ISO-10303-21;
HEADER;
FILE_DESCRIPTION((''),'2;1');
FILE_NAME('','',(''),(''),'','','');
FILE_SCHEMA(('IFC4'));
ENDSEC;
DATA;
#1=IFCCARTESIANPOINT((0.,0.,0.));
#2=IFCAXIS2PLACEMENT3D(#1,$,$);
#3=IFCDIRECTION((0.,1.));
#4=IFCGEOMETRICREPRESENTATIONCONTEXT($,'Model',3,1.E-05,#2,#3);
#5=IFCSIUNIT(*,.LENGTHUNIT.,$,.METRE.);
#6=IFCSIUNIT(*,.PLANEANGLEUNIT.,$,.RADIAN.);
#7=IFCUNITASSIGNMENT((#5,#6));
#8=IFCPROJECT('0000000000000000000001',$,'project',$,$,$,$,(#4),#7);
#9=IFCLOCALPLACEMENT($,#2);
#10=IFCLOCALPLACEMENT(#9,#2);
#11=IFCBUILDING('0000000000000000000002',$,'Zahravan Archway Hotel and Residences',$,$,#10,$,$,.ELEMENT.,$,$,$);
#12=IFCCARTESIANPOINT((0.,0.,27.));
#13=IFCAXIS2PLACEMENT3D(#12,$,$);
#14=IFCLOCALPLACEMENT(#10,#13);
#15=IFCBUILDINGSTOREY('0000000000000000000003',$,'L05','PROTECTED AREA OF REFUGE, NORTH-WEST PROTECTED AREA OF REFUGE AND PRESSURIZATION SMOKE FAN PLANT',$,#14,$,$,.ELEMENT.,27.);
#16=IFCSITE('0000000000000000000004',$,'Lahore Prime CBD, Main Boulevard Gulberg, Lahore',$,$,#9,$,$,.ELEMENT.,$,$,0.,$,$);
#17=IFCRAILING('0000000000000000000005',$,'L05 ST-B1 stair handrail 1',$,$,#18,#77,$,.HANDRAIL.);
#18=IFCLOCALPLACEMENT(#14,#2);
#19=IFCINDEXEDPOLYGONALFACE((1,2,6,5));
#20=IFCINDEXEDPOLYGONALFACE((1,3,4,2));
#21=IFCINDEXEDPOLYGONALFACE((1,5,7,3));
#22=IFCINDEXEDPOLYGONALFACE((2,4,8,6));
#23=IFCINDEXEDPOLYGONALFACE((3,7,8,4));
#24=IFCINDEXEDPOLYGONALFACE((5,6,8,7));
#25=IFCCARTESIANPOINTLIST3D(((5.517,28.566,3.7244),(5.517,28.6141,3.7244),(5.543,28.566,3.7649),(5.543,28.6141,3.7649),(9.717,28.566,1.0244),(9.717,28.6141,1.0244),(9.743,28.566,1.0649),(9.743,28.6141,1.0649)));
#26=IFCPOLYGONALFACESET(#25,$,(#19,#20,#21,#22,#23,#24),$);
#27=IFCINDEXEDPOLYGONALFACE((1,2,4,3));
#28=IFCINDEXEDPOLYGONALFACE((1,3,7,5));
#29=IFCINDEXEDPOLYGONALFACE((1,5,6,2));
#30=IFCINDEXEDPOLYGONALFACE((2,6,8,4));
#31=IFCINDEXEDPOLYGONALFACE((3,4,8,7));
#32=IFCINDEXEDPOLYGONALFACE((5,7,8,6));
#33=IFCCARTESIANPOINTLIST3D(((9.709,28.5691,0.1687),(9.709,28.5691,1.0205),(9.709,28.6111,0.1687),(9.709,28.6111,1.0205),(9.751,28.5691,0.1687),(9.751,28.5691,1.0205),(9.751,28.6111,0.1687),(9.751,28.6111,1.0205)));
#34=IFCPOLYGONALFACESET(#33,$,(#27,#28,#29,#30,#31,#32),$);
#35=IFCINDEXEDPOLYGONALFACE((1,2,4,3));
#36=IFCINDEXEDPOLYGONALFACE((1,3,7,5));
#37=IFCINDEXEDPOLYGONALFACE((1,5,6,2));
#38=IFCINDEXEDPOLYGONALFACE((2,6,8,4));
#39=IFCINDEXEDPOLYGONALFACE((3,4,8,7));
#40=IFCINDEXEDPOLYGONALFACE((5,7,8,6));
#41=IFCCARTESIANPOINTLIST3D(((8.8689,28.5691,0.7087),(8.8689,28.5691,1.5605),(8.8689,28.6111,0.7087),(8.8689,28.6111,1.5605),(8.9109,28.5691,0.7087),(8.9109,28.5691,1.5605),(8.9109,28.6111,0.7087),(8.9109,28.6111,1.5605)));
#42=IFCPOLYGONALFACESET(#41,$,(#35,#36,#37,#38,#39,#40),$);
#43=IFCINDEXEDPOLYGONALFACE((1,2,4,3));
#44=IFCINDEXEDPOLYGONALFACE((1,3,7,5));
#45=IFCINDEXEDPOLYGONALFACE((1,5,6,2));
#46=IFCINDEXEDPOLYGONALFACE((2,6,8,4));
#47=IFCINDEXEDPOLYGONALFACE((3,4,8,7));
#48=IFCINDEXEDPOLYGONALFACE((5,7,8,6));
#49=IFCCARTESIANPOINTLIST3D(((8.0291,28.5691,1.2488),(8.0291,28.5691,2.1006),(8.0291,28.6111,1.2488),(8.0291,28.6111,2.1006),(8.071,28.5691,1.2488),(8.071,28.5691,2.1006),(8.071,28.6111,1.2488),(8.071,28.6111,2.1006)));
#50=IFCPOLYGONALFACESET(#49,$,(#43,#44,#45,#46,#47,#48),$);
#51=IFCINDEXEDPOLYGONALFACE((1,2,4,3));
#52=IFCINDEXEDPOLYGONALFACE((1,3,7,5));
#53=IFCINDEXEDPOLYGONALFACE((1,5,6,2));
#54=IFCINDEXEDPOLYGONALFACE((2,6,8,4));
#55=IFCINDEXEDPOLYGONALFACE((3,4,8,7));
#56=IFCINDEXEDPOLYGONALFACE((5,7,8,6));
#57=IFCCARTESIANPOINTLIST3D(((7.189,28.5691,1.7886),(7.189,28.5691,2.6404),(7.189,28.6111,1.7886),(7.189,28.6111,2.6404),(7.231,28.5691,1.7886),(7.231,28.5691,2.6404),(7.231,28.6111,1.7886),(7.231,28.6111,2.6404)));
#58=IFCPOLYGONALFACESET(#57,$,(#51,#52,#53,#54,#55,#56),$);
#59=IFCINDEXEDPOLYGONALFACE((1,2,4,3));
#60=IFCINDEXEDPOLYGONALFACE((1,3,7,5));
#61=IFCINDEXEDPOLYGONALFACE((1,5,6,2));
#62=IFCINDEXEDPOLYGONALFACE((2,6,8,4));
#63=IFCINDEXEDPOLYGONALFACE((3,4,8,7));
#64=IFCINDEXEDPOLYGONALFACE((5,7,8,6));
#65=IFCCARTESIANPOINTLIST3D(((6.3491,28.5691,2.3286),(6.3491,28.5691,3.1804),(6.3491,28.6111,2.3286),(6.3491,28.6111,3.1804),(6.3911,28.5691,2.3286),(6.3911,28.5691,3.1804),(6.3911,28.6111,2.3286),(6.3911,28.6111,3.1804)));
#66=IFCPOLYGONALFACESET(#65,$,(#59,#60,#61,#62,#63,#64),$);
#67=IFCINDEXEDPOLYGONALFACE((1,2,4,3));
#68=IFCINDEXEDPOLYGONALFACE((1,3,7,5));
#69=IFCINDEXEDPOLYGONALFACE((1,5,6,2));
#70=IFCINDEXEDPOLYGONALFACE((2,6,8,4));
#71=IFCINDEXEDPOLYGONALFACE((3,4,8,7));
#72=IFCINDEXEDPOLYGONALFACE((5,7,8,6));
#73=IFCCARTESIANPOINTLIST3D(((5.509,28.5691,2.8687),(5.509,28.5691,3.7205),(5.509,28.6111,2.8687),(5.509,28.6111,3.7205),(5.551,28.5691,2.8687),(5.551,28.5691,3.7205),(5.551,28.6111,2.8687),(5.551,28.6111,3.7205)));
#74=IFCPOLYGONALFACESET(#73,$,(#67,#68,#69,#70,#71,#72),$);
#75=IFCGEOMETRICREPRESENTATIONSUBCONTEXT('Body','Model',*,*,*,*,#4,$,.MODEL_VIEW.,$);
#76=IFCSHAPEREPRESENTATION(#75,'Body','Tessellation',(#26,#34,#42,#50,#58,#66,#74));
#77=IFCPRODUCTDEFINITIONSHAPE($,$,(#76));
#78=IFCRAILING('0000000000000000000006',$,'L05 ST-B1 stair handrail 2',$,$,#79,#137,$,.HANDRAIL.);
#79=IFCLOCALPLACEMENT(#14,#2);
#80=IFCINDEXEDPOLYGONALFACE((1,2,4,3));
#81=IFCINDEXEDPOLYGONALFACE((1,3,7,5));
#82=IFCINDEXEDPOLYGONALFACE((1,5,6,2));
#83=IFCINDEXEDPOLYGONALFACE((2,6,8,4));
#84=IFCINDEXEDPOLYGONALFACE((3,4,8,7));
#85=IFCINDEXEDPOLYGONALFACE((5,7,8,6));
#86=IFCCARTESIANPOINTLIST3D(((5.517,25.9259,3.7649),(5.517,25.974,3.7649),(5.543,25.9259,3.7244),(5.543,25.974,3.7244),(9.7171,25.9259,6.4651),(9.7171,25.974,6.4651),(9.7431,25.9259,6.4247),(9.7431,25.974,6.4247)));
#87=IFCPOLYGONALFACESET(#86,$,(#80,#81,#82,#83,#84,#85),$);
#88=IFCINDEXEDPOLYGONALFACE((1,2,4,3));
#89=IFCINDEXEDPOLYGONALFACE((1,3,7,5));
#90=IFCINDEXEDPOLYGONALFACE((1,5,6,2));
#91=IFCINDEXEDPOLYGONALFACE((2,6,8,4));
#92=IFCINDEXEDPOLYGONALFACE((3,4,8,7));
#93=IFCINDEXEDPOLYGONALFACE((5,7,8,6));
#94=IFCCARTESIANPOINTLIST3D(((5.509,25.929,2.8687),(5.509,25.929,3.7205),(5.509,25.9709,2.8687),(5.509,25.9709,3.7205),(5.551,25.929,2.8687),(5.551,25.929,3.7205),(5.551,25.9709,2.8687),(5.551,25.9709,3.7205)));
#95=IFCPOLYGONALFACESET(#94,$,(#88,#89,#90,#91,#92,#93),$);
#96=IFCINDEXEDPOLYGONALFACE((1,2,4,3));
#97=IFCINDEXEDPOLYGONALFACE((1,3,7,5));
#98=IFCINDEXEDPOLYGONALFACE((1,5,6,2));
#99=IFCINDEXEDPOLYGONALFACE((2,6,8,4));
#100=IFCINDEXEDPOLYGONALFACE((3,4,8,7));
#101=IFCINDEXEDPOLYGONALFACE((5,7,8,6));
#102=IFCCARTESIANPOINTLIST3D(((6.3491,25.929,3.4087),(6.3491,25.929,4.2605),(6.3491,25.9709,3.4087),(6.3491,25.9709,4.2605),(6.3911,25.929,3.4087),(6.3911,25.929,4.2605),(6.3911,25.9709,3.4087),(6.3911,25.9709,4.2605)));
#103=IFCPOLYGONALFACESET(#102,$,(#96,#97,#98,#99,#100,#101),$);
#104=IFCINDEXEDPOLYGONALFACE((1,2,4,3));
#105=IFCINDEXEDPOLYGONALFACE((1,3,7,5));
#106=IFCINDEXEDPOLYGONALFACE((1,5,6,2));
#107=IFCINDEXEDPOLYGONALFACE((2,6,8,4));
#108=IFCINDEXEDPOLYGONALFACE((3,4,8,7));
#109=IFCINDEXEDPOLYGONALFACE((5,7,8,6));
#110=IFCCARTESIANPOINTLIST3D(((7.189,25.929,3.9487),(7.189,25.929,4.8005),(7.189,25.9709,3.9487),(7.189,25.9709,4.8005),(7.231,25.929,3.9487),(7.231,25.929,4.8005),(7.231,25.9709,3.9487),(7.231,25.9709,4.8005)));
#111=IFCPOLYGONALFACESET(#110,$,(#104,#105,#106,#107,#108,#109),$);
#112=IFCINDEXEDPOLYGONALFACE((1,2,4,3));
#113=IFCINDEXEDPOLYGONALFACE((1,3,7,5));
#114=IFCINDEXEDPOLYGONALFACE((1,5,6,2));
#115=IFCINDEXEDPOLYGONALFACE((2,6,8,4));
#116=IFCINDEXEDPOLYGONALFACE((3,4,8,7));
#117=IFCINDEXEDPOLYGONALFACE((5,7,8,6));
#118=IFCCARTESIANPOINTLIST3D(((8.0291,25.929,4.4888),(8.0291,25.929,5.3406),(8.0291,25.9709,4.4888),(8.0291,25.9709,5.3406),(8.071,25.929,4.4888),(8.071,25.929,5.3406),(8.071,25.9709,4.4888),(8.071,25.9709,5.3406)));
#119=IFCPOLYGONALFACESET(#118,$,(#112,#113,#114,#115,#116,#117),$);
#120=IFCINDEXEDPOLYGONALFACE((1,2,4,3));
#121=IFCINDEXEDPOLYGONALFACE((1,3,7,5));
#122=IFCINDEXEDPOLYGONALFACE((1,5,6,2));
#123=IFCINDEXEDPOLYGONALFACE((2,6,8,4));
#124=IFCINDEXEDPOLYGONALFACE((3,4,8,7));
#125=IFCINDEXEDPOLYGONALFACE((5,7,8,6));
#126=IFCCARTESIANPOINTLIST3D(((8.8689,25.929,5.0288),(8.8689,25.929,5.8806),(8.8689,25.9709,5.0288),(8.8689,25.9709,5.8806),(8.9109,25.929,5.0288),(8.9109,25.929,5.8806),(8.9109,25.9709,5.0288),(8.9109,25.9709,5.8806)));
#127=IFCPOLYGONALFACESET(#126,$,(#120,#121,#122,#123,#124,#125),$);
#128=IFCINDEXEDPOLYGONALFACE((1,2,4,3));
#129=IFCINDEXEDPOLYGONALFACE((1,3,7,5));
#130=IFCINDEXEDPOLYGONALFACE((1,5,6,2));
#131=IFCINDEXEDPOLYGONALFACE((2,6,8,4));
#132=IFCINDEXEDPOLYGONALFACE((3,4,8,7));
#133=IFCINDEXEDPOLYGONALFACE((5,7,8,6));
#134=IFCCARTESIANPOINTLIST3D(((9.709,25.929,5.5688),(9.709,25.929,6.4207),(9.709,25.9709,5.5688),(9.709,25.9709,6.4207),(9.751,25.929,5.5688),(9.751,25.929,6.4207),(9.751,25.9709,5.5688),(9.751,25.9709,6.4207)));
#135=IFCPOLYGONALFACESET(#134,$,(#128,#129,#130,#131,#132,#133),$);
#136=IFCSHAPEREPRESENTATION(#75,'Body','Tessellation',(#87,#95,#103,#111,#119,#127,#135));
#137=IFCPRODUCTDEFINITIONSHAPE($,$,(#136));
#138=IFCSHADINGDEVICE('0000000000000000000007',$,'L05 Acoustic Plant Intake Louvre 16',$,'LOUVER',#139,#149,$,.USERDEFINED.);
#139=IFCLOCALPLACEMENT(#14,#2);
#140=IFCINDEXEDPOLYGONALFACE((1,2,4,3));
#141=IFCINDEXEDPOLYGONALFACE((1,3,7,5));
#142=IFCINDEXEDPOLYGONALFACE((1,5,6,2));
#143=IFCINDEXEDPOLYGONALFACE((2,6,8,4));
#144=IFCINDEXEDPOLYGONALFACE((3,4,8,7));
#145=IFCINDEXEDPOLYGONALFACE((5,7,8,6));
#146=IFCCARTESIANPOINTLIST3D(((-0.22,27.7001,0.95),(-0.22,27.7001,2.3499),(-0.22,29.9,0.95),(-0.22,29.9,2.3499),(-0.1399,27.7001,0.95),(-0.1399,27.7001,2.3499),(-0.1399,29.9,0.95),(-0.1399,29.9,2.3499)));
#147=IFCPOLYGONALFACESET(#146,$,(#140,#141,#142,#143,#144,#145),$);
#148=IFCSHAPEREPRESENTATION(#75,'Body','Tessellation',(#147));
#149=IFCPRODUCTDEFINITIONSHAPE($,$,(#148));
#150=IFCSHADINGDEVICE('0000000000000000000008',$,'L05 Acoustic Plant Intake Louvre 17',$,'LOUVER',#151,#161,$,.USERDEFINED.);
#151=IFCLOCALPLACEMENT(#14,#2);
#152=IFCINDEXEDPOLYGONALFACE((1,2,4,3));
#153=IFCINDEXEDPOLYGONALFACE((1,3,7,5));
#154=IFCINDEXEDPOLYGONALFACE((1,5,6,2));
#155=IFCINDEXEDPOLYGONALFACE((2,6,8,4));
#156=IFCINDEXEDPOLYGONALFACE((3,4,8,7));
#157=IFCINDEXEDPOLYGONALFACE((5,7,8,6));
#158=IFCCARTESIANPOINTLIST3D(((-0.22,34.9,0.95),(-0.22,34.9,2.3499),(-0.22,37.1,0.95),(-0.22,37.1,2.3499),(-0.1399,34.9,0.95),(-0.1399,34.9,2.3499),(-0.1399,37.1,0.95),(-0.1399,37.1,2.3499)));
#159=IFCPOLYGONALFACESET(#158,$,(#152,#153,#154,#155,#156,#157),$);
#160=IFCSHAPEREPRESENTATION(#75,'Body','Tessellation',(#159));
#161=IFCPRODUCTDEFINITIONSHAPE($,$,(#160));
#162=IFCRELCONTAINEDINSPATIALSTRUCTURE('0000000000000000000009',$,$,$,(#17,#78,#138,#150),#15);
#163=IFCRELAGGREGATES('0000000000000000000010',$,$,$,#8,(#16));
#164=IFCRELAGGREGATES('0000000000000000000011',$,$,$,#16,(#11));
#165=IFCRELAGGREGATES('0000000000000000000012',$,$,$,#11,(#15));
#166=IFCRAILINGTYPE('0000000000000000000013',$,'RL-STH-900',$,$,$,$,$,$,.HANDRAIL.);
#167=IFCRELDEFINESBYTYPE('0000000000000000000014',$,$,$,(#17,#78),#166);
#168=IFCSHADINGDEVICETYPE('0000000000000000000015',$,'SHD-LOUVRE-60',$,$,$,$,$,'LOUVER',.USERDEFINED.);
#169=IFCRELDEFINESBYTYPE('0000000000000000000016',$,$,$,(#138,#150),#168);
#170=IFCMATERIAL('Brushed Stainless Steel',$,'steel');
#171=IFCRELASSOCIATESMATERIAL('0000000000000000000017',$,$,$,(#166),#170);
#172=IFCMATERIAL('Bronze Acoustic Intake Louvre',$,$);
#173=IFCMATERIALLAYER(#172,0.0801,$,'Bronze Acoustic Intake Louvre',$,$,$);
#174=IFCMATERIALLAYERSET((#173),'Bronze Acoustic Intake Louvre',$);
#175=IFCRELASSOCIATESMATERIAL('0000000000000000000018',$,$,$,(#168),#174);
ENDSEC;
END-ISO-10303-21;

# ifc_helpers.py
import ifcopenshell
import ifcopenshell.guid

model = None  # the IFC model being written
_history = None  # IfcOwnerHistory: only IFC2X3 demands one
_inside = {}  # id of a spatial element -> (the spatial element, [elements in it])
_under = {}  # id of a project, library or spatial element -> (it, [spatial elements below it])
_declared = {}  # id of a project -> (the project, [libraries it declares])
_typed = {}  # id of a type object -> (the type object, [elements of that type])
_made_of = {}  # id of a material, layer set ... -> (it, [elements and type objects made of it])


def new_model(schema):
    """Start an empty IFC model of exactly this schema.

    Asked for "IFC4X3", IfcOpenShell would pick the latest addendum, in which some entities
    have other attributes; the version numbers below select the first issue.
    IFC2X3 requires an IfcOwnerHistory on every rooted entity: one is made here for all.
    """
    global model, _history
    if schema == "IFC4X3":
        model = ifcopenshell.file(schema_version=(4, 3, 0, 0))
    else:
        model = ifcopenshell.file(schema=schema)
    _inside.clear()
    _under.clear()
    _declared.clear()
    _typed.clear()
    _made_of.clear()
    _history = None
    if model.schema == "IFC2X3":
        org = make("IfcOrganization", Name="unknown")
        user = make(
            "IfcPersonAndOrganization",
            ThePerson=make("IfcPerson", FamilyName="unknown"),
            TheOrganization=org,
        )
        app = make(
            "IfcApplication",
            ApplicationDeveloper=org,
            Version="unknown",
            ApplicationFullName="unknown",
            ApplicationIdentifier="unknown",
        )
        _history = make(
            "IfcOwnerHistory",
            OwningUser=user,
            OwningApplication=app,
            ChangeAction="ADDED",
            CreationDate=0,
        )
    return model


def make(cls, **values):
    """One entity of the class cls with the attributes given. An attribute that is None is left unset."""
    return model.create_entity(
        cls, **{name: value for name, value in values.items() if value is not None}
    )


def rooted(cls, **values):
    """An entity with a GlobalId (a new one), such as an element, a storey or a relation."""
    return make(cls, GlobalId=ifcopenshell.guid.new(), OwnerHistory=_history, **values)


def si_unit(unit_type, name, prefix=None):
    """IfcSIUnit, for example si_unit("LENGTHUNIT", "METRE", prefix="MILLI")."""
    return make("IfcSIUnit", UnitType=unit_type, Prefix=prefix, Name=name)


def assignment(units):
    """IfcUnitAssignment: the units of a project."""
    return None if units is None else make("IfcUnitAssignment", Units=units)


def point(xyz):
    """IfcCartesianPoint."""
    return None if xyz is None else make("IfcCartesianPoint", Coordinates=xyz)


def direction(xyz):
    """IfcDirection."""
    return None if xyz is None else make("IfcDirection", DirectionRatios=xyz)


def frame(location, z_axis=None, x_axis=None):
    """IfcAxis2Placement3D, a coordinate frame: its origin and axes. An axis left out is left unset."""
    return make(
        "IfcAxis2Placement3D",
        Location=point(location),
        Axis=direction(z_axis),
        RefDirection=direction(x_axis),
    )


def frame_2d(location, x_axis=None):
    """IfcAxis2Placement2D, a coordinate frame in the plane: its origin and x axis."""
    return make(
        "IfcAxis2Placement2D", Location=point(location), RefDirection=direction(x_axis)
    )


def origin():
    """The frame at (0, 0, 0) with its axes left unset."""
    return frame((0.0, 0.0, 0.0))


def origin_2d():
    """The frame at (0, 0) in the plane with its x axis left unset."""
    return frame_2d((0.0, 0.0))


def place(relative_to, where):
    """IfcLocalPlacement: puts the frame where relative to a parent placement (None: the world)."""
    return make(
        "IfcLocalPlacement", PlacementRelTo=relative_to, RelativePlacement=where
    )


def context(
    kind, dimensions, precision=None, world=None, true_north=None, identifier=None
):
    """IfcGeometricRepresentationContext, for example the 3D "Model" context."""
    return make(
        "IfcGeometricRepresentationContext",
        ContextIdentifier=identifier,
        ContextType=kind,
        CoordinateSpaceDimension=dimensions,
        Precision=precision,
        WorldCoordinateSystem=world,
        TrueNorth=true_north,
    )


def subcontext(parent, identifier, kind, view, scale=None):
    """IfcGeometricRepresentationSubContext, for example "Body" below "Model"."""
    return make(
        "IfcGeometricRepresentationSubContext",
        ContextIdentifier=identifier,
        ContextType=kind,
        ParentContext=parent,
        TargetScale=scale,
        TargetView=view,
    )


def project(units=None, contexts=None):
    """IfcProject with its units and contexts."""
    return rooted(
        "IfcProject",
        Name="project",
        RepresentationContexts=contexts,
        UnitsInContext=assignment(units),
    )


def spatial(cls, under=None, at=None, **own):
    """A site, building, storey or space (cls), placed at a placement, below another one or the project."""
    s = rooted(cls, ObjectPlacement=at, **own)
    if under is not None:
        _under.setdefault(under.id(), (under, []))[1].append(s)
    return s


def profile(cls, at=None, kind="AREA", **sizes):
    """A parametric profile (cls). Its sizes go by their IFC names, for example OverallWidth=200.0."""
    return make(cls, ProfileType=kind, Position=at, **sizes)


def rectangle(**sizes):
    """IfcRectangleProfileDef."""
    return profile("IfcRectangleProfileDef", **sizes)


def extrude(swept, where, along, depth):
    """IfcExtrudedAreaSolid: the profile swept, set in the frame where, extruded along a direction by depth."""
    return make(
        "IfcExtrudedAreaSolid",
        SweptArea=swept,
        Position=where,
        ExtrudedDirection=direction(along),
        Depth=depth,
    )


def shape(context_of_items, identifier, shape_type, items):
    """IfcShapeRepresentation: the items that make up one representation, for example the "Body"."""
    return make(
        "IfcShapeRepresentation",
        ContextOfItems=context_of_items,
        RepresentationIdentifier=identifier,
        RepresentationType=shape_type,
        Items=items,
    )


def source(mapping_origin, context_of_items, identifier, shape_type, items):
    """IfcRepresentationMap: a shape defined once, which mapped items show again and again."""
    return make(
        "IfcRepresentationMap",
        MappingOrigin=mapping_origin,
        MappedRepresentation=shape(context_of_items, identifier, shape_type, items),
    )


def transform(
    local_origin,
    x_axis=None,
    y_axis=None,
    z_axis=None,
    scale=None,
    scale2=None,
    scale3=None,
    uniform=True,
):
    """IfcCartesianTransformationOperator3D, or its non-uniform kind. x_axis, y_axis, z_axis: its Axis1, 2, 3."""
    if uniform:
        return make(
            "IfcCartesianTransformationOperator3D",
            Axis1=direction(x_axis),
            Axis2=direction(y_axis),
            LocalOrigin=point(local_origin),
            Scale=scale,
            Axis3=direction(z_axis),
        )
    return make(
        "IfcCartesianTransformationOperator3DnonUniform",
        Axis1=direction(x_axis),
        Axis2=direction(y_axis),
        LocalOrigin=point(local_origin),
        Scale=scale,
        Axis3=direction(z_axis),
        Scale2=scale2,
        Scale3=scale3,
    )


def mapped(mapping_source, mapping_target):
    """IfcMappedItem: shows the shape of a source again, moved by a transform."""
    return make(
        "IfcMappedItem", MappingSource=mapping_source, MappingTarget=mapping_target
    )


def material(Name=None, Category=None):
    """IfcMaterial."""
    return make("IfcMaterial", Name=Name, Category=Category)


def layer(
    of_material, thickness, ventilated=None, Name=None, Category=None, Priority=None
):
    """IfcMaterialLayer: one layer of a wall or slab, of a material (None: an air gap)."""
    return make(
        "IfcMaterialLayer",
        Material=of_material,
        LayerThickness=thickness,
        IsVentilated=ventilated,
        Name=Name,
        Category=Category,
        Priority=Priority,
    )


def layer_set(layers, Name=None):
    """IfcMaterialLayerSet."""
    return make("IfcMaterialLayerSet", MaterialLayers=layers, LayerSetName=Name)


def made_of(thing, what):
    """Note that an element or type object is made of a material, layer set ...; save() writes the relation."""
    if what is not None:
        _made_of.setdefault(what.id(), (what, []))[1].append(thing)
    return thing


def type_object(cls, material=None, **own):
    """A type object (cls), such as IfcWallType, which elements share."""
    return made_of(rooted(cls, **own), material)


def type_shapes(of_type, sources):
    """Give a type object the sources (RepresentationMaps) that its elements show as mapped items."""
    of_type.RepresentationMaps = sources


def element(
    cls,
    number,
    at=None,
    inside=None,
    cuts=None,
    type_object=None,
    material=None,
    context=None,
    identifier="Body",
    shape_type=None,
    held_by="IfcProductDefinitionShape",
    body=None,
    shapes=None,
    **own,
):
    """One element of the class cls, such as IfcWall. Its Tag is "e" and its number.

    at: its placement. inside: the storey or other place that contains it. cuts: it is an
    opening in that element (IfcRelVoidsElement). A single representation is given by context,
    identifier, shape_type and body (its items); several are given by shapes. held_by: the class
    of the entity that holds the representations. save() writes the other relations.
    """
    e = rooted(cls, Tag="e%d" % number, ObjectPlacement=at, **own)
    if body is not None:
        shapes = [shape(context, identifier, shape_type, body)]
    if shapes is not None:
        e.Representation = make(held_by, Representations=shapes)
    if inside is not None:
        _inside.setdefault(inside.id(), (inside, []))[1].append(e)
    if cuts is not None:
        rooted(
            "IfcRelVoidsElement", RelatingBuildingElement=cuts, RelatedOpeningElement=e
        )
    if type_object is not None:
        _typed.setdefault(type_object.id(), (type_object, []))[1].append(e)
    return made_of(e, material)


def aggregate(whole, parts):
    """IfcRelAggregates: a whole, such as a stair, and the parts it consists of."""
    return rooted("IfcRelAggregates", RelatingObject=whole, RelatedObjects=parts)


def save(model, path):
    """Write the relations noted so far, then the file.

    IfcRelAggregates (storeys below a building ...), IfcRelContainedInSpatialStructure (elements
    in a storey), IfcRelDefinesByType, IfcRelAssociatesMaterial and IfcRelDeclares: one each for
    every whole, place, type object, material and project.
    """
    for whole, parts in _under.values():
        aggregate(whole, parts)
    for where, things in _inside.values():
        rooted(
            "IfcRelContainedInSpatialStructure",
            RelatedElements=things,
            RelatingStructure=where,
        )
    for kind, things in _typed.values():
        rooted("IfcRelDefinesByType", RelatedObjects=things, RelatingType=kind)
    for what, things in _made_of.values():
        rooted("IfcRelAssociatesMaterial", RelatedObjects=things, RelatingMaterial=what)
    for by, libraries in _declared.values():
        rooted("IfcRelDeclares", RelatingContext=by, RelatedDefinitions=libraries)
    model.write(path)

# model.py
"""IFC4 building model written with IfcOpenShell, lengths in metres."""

from ifc_helpers import new_model, si_unit, direction, frame, origin, origin_2d, place, context, subcontext, project, spatial, rectangle, extrude, source, transform, mapped, material, layer, layer_set, type_object, type_shapes, element, save


model = new_model("IFC4")

# Units and contexts
model_context = context("Model", 3, precision=1e-05, world=origin(), true_north=direction((0.0, 1.0)))
body_context = subcontext(model_context, "Body", "Model", "MODEL_VIEW")
ifc_project = project(units=[si_unit("LENGTHUNIT", "METRE"), si_unit("PLANEANGLEUNIT", "RADIAN")], contexts=[model_context])

# Site, building, storey
site_placement = place(None, origin())
site = spatial("IfcSite", under=ifc_project, at=site_placement, Name="Lahore Prime CBD, Main Boulevard Gulberg, Lahore", CompositionType="ELEMENT", RefElevation=0.0)
building_placement = place(site_placement, origin())
building = spatial("IfcBuilding", under=site, at=building_placement, Name="Zahravan Archway Hotel and Residences", CompositionType="ELEMENT")
storey_placement = place(building_placement, frame((0.0, 0.0, 27.0)))
storey = spatial("IfcBuildingStorey", under=building, at=storey_placement, Name="L05", Description="PROTECTED AREA OF REFUGE, NORTH-WEST PROTECTED AREA OF REFUGE AND PRESSURIZATION SMOKE FAN PLANT", CompositionType="ELEMENT", Elevation=27.0)

# Shared definitions
ifc_material_1 = material(Name="Brushed Stainless Steel", Category="steel")

# Railings
railing_type_1 = type_object("IfcRailingType", Name="RL-STH-900", PredefinedType="HANDRAIL", material=ifc_material_1)
railing_1_placement = place(storey_placement, frame((9.73, 28.5901, 0.1687)))
element("IfcRailing", 1, at=railing_1_placement, inside=storey, type_object=railing_type_1, Name="L05 ST-B1 stair handrail 1", PredefinedType="HANDRAIL", context=body_context, shape_type="SweptSolid", body=[
    extrude(rectangle(XDim=0.0481, YDim=0.0481, at=origin_2d()), frame((0.0, 0.0, 0.876), z_axis=(-0.84118, 0.0, 0.540755), x_axis=(0.0, -1.0, 0.0)), (0.0, 0.0, 1.0), 4.9929),
    extrude(rectangle(XDim=0.042, YDim=0.042, at=origin_2d()), origin(), (0.0, 0.0, 1.0), 0.8518),
    extrude(rectangle(XDim=0.042, YDim=0.042, at=origin_2d()), frame((-0.8401, 0.0, 0.54)), (0.0, 0.0, 1.0), 0.8518),
    extrude(rectangle(XDim=0.042, YDim=0.042, at=origin_2d()), frame((-1.6799, 0.0, 1.0801)), (0.0, 0.0, 1.0), 0.8518),
    extrude(rectangle(XDim=0.042, YDim=0.042, at=origin_2d()), frame((-2.52, 0.0, 1.6199)), (0.0, 0.0, 1.0), 0.8518),
    extrude(rectangle(XDim=0.042, YDim=0.042, at=origin_2d()), frame((-3.3599, 0.0, 2.1599)), (0.0, 0.0, 1.0), 0.8518),
    extrude(rectangle(XDim=0.042, YDim=0.042, at=origin_2d()), frame((-4.2, 0.0, 2.7)), (0.0, 0.0, 1.0), 0.8518),
])
railing_2_placement = place(storey_placement, frame((5.53, 25.95, 2.8687)))
element("IfcRailing", 2, at=railing_2_placement, inside=storey, type_object=railing_type_1, Name="L05 ST-B1 stair handrail 2", PredefinedType="HANDRAIL", context=body_context, shape_type="SweptSolid", body=[
    extrude(rectangle(XDim=0.0481, YDim=0.0481, at=origin_2d()), frame((0.0, 0.0, 0.876), z_axis=(0.841158, 0.0, 0.54079), x_axis=(0.0, 1.0, 0.0)), (0.0, 0.0, 1.0), 4.9932),
    extrude(rectangle(XDim=0.042, YDim=0.042, at=origin_2d()), origin(), (0.0, 0.0, 1.0), 0.8518),
    extrude(rectangle(XDim=0.042, YDim=0.042, at=origin_2d()), frame((0.8401, 0.0, 0.54)), (0.0, 0.0, 1.0), 0.8518),
    extrude(rectangle(XDim=0.042, YDim=0.042, at=origin_2d()), frame((1.6799, 0.0, 1.0801)), (0.0, 0.0, 1.0), 0.8518),
    extrude(rectangle(XDim=0.042, YDim=0.042, at=origin_2d()), frame((2.52, 0.0, 1.6201)), (0.0, 0.0, 1.0), 0.8518),
    extrude(rectangle(XDim=0.042, YDim=0.042, at=origin_2d()), frame((3.3599, 0.0, 2.1602)), (0.0, 0.0, 1.0), 0.8518),
    extrude(rectangle(XDim=0.042, YDim=0.042, at=origin_2d()), frame((4.2, 0.0, 2.7002)), (0.0, 0.0, 1.0), 0.8518),
])

# Shading devices
ifc_material_2 = material(Name="Bronze Acoustic Intake Louvre")
ifc_layer_1 = layer(ifc_material_2, 0.0801, Name="Bronze Acoustic Intake Louvre")
ifc_layer_set_1 = layer_set([ifc_layer_1], Name="Bronze Acoustic Intake Louvre")
shading_device_type = type_object("IfcShadingDeviceType", Name="SHD-LOUVRE-60", ElementType="LOUVER", PredefinedType="USERDEFINED", material=ifc_layer_set_1)
shared_shape_1 = source(origin(), body_context, "Body", "SweptSolid", [
    extrude(rectangle(XDim=2.2, YDim=0.0801, at=origin_2d()), origin(), (0.0, 0.0, 1.0), 1.3999),
])
type_shapes(shading_device_type, [shared_shape_1])
for number, where, z_axis, x_axis, name in (
    (3, (-0.1799, 28.8, 0.95), (0.0, 0.0, 1.0), (0.0, 1.0, 0.0), "L05 Acoustic Plant Intake Louvre 16"),
    (4, (-0.1799, 36.0, 0.95), (0.0, 0.0, 1.0), (0.0, 1.0, 0.0), "L05 Acoustic Plant Intake Louvre 17"),
):
    element("IfcShadingDevice", number, at=place(storey_placement, frame(where, z_axis=z_axis, x_axis=x_axis)), inside=storey, type_object=shading_device_type, Name=name, ObjectType="LOUVER", PredefinedType="USERDEFINED", context=body_context, shape_type="MappedRepresentation", body=[
        mapped(shared_shape_1, transform((0.0, 0.0, 0.0), scale=1.0)),
    ])

save(model, "model.ifc")
